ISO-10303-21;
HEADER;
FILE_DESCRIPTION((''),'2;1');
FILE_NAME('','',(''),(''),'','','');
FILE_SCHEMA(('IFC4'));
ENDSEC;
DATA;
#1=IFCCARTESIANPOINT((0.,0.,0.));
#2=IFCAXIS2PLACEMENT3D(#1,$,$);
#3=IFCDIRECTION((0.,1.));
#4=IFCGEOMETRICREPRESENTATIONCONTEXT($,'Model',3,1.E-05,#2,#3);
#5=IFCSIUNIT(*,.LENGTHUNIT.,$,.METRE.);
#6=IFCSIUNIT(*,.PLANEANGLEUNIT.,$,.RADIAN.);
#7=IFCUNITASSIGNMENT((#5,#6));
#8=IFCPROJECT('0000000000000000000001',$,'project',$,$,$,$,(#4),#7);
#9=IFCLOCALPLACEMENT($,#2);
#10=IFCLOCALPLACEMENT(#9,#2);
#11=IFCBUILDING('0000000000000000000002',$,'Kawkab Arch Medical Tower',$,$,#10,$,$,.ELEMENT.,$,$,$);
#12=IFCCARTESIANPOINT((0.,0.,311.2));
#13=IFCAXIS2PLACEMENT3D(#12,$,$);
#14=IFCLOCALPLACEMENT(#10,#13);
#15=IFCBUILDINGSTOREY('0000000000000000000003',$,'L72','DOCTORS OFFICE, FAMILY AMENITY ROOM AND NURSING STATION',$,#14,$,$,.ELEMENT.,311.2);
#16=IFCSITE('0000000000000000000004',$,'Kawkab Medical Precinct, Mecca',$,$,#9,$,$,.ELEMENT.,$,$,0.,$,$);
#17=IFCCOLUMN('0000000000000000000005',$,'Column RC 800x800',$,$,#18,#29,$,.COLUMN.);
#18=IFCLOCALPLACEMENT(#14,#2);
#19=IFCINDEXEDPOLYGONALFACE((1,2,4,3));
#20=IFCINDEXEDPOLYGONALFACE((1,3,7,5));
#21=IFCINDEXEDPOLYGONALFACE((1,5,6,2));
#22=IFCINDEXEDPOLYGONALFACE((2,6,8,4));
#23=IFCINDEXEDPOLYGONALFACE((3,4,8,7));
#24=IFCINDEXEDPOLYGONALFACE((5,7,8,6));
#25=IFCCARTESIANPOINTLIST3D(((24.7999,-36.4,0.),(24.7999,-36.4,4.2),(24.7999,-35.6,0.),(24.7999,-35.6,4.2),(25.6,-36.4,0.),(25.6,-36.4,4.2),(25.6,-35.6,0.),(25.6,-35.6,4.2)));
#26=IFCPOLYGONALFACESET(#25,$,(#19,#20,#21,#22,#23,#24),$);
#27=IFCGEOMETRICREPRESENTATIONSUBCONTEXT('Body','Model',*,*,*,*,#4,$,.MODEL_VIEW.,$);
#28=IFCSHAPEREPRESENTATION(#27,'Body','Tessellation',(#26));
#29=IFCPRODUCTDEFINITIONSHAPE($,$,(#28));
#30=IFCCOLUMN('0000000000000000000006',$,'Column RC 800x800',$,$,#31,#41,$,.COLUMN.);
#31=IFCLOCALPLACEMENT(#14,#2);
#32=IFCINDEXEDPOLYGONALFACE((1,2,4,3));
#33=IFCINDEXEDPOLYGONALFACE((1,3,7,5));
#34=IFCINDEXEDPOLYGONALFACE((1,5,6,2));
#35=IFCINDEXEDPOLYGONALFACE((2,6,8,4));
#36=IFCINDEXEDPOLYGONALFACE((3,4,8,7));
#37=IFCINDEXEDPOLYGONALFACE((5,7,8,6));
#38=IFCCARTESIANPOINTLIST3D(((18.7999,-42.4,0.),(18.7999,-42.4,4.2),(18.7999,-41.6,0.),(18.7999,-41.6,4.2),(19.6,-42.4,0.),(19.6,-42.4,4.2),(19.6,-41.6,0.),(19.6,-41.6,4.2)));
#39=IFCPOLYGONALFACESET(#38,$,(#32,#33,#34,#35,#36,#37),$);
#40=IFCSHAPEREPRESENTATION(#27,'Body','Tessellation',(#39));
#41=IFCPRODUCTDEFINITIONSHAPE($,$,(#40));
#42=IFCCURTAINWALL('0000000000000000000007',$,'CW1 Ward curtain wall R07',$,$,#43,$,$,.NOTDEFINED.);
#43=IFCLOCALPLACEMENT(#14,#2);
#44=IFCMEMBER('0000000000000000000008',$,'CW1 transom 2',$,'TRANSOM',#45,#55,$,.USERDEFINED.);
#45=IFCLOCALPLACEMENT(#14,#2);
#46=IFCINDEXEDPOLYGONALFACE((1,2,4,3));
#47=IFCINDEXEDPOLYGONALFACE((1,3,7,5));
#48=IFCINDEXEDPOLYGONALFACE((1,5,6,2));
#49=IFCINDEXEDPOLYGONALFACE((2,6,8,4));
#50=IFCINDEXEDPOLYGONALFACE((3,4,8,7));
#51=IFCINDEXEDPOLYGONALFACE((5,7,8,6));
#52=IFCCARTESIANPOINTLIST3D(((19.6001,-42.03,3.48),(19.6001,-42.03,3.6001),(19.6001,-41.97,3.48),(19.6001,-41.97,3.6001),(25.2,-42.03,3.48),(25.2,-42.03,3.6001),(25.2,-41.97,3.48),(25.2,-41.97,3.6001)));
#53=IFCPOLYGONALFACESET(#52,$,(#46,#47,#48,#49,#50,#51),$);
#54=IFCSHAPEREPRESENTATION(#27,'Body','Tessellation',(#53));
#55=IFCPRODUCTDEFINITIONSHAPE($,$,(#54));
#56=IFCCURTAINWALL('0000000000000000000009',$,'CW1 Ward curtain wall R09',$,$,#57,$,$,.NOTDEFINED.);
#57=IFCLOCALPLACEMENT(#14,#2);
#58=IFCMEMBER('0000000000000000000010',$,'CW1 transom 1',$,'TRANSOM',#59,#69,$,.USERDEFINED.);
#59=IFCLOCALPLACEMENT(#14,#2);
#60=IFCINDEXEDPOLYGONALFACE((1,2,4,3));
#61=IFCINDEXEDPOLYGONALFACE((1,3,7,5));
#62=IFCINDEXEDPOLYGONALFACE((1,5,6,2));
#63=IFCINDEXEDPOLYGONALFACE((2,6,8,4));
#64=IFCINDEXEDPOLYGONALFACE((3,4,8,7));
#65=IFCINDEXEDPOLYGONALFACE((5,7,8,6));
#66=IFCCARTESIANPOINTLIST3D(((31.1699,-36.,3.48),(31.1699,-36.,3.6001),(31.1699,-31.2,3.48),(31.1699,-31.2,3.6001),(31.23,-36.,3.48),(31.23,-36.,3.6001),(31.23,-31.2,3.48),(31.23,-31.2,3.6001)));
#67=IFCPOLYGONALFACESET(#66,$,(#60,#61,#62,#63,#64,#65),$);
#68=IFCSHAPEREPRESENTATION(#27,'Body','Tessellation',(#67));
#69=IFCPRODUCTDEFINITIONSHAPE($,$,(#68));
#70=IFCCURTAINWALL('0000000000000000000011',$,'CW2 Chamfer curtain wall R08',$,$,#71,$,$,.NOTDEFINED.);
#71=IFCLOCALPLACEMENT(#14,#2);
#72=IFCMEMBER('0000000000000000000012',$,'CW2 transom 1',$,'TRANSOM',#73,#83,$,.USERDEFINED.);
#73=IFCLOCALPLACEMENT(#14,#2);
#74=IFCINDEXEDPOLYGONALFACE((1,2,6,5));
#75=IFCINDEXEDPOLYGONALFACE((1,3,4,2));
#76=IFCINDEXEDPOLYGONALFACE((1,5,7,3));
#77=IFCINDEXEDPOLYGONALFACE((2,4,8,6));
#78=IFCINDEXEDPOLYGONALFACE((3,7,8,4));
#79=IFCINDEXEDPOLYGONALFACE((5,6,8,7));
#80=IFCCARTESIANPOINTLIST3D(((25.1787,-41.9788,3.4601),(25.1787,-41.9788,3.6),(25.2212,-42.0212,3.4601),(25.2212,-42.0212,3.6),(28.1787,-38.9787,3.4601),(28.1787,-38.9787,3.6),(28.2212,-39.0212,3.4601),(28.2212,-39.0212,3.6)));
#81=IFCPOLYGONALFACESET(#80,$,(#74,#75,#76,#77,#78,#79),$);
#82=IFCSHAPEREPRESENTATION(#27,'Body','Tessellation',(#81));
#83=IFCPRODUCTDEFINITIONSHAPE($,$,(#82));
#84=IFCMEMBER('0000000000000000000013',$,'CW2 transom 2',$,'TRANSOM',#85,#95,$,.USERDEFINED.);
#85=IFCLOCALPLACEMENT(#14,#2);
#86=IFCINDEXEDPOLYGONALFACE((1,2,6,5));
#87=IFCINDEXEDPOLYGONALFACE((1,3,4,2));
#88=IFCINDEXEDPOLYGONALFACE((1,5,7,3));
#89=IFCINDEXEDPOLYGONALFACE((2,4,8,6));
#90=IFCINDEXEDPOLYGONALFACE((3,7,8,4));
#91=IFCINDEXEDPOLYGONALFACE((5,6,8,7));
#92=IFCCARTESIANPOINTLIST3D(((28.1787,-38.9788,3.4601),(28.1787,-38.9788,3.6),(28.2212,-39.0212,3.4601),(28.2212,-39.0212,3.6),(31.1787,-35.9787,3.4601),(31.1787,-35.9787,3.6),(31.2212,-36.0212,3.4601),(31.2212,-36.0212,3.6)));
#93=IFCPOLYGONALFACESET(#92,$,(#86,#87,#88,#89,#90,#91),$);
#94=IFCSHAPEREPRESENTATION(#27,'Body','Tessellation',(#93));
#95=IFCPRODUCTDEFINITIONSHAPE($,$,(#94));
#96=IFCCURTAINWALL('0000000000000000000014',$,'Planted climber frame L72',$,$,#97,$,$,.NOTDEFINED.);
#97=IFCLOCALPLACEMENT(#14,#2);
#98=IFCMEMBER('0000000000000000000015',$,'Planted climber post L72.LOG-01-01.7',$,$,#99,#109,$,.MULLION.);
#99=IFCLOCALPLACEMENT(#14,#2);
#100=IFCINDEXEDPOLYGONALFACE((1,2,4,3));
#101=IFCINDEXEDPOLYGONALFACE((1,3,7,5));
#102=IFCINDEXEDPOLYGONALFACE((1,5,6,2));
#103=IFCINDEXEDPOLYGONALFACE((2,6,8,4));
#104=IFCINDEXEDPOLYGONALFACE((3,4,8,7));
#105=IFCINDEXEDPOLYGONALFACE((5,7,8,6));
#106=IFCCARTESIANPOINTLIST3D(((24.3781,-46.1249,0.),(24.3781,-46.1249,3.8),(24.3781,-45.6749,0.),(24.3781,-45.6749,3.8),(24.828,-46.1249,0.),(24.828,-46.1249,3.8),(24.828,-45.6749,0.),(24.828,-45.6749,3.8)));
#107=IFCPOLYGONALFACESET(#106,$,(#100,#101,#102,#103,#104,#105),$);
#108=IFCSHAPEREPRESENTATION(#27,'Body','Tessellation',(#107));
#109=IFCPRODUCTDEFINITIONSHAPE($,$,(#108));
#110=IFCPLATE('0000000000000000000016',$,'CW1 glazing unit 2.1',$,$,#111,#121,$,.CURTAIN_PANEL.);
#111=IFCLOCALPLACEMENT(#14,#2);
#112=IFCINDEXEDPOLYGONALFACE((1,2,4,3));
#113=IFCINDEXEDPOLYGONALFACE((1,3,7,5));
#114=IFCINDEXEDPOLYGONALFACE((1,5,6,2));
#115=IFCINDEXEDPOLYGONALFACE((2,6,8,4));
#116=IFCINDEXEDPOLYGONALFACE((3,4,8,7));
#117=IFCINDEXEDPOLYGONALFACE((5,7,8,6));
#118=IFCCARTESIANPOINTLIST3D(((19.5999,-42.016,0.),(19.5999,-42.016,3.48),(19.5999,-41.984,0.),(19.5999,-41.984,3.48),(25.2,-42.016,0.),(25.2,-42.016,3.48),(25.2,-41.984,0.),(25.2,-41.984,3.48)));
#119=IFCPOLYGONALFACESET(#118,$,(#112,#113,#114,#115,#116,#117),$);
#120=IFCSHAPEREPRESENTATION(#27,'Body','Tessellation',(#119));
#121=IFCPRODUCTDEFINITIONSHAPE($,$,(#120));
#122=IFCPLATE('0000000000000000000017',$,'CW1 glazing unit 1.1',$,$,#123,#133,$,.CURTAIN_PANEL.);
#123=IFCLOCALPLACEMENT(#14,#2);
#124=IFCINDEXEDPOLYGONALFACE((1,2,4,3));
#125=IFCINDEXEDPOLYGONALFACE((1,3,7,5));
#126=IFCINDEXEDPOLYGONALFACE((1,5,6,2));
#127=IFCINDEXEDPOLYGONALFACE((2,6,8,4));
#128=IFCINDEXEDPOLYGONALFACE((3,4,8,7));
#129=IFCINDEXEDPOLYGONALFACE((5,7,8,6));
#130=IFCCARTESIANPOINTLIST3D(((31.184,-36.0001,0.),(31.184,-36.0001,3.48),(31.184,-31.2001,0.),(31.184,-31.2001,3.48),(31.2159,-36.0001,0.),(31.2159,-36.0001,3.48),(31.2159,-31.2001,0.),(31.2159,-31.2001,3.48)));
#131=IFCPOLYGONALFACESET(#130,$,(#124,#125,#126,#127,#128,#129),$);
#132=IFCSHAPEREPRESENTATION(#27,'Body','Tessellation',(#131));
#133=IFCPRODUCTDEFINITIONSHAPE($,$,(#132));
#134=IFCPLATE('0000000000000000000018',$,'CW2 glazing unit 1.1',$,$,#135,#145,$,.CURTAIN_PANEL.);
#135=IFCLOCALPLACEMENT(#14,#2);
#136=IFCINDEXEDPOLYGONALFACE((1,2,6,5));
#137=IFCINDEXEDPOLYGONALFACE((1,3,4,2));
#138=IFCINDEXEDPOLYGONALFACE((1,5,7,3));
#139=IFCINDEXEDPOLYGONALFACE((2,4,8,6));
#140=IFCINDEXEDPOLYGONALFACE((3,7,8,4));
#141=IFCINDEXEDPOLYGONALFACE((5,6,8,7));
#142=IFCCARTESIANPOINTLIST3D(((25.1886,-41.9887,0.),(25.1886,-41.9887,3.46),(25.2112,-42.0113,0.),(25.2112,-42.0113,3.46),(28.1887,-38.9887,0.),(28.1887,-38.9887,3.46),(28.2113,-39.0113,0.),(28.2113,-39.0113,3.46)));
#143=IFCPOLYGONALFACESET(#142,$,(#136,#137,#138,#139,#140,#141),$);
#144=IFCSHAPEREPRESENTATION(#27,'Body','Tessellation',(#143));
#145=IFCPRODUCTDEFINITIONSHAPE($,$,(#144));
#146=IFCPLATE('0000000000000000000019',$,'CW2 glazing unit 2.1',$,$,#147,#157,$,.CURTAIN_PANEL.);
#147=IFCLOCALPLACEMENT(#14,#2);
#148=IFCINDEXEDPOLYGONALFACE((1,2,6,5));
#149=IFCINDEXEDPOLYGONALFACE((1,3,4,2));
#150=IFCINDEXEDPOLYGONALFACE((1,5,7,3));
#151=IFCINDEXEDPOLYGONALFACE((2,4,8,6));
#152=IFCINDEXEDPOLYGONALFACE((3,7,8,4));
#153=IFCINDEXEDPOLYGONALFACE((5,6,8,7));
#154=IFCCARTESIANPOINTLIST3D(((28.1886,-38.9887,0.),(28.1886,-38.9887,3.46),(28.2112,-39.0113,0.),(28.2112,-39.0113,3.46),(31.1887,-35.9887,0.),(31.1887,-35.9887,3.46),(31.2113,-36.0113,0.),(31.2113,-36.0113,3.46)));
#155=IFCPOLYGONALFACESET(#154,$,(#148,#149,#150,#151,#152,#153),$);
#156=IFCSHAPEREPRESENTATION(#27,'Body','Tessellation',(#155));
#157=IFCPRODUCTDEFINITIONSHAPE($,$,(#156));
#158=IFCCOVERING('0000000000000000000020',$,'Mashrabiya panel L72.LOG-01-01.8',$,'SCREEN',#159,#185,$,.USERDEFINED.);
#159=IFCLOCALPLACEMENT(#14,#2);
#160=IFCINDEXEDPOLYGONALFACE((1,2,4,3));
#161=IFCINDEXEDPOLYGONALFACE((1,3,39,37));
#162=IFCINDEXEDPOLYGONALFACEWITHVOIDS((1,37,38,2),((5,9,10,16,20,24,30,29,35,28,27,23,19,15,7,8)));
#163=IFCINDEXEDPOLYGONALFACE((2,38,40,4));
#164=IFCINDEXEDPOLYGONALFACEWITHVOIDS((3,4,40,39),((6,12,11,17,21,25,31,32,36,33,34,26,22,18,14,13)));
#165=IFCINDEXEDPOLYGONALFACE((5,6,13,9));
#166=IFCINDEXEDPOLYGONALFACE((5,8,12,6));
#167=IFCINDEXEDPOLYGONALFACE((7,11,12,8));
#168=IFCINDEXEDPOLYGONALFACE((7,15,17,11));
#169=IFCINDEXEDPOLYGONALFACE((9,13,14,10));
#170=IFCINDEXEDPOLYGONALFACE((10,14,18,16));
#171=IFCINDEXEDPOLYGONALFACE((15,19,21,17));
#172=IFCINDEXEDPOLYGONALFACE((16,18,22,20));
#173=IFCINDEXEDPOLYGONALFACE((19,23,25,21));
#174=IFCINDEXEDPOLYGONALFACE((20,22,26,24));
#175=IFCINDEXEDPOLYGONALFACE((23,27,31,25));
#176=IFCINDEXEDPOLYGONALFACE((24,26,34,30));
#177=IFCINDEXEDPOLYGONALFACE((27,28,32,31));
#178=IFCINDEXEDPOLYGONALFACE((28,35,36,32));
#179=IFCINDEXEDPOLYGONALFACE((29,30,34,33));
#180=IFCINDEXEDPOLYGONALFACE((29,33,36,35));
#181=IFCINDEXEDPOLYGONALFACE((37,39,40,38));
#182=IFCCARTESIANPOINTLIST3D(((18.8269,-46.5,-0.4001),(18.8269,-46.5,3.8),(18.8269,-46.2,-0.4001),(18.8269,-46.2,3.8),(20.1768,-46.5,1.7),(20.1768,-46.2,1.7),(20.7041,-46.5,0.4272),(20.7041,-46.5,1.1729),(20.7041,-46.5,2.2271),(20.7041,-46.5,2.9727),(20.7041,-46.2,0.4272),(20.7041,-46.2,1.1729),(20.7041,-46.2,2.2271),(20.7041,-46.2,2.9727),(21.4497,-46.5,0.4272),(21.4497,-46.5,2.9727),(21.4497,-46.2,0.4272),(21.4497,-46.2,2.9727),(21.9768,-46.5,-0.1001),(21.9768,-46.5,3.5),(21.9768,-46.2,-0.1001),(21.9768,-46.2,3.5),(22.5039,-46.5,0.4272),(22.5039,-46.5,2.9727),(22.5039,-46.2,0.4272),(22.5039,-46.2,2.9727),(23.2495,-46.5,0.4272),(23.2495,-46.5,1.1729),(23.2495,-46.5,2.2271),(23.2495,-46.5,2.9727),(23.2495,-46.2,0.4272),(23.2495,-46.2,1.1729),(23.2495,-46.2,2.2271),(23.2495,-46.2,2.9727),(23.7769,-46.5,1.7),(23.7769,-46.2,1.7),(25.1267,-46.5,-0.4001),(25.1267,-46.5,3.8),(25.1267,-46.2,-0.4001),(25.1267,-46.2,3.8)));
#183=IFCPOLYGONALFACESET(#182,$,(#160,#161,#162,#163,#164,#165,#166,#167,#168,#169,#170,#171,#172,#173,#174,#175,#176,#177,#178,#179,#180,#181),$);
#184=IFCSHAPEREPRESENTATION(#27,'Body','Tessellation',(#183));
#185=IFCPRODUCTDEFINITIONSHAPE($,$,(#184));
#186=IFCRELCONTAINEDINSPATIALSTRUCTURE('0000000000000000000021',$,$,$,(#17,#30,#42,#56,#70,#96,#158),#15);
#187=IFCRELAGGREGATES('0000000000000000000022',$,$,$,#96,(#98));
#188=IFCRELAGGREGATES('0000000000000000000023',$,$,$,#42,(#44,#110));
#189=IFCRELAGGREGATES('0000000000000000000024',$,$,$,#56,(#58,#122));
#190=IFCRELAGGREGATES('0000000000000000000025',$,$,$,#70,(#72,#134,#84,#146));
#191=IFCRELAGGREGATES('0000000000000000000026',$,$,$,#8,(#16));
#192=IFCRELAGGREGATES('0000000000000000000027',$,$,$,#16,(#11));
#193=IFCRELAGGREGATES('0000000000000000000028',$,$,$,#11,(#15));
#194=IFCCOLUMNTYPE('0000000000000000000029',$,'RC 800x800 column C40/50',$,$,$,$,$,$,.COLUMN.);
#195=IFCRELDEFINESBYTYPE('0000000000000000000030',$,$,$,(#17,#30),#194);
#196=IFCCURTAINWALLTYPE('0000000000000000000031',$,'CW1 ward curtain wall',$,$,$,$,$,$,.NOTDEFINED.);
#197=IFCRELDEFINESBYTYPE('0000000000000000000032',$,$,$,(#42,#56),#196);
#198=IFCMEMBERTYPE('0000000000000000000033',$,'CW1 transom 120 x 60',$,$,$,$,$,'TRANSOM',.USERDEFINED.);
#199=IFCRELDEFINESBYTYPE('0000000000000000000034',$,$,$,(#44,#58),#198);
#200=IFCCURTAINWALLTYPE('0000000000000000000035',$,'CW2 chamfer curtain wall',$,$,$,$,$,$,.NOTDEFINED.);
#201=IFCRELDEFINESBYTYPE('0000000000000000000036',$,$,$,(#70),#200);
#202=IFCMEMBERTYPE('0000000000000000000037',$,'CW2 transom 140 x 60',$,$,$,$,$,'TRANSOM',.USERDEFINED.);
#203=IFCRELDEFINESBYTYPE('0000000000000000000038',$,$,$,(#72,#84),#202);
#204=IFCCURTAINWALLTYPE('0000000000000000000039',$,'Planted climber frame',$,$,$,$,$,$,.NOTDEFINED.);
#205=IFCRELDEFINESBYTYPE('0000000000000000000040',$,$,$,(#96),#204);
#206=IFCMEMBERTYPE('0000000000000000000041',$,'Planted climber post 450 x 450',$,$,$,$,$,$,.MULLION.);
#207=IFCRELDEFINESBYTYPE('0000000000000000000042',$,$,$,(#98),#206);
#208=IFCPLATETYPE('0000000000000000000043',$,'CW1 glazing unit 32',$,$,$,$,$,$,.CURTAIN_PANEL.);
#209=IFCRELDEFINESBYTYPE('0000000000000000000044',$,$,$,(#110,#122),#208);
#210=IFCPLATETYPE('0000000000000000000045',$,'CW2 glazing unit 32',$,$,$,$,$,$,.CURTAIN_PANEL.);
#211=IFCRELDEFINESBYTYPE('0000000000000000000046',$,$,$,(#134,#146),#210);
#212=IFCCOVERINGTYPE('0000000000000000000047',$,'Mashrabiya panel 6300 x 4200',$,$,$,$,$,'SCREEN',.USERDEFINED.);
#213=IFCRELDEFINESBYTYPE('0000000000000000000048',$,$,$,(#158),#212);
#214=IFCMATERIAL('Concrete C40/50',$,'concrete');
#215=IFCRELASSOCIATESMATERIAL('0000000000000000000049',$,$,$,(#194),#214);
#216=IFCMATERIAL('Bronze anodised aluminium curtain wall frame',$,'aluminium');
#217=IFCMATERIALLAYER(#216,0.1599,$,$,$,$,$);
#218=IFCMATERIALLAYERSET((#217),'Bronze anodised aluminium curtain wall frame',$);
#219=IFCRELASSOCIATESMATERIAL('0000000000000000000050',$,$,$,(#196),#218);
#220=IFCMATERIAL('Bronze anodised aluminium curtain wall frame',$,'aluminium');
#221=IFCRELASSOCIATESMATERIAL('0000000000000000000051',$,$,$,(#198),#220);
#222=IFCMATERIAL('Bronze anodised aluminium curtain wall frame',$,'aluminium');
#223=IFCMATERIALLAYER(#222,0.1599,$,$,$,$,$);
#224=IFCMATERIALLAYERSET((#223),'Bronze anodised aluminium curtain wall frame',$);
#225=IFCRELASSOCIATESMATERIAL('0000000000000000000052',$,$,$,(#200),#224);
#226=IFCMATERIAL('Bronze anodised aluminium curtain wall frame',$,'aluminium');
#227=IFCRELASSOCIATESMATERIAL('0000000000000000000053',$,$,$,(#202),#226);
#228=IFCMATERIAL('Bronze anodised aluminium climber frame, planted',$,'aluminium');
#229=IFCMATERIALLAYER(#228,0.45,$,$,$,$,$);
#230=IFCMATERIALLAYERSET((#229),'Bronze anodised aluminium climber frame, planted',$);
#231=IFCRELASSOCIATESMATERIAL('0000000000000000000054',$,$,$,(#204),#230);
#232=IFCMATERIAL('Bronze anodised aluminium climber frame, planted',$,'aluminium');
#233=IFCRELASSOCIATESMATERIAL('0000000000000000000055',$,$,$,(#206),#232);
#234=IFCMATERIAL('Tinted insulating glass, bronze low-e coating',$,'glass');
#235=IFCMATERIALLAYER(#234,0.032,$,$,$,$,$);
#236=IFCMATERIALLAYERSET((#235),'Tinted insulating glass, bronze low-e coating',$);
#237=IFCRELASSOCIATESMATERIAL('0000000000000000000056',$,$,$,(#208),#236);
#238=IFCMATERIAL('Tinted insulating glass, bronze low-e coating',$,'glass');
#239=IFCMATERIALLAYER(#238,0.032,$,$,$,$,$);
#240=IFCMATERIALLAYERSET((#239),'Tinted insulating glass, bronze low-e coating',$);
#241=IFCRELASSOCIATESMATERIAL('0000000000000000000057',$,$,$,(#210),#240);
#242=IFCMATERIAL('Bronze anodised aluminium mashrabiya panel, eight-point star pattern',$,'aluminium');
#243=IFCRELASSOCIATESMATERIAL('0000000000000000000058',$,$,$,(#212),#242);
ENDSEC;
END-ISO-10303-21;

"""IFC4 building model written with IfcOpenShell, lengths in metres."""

from ifc_helpers import new_model, si_unit, direction, frame, origin, origin_2d, place, context, subcontext, project, spatial, polyline, rectangle, outline, extrude, material, layer, layer_set, material_profile, profile_set, type_object, element, aggregate, save


model = new_model("IFC4")

# Units and contexts
model_context = context("Model", 3, precision=1e-05, world=origin(), true_north=direction((0.0, 1.0)))
body_context = subcontext(model_context, "Body", "Model", "MODEL_VIEW")
ifc_project = project(units=[si_unit("LENGTHUNIT", "METRE"), si_unit("PLANEANGLEUNIT", "RADIAN")], contexts=[model_context])

# Site, building, storey
site_placement = place(None, origin())
site = spatial("IfcSite", under=ifc_project, at=site_placement, Name="Kawkab Medical Precinct, Mecca", CompositionType="ELEMENT", RefElevation=0.0)
building_placement = place(site_placement, origin())
building = spatial("IfcBuilding", under=site, at=building_placement, Name="Kawkab Arch Medical Tower", CompositionType="ELEMENT")
storey_placement = place(building_placement, frame((0.0, 0.0, 311.2)))
storey = spatial("IfcBuildingStorey", under=building, at=storey_placement, Name="L72", Description="DOCTORS OFFICE, FAMILY AMENITY ROOM AND NURSING STATION", CompositionType="ELEMENT", Elevation=311.2)

# Columns
ifc_material_1 = material(Name="Concrete C40/50", Category="concrete")
ifc_material_profile_1 = material_profile(ifc_material_1, rectangle(XDim=0.8, YDim=0.8, at=origin_2d()), Name="RC 800x800")
ifc_profile_set_1 = profile_set([ifc_material_profile_1], Name="Concrete C40/50")
column_type = type_object("IfcColumnType", Name="RC 800x800 column C40/50", PredefinedType="COLUMN", material=ifc_profile_set_1)
for number, where, z_axis, x_axis, name in (
    (1, (25.2, -36.0, 0.0), (0.0, 0.0, 1.0), (1.0, 0.0, 0.0), "Column RC 800x800"),
    (2, (19.2, -42.0, 0.0), (0.0, 0.0, 1.0), (1.0, 0.0, 0.0), "Column RC 800x800"),
):
    element("IfcColumn", number, at=place(storey_placement, frame(where, z_axis=z_axis, x_axis=x_axis)), inside=storey, type_object=column_type, Name=name, PredefinedType="COLUMN", context=body_context, shape_type="SweptSolid", body=[
        extrude(rectangle(XDim=0.8, YDim=0.8, at=origin_2d()), origin(), (0.0, 0.0, 1.0), 4.2),
    ])

# Curtain walls, members
ifc_material_2 = material(Name="Bronze anodised aluminium curtain wall frame", Category="aluminium")
ifc_layer_1 = layer(ifc_material_2, 0.1599)
ifc_layer_set_1 = layer_set([ifc_layer_1], Name="Bronze anodised aluminium curtain wall frame")
curtain_wall_type_1 = type_object("IfcCurtainWallType", Name="CW1 ward curtain wall", PredefinedType="NOTDEFINED", material=ifc_layer_set_1)
placement = place(storey_placement, origin())
curtain_wall_1 = element("IfcCurtainWall", 3, at=placement, inside=storey, type_object=curtain_wall_type_1, Name="CW1 Ward curtain wall R07", PredefinedType="NOTDEFINED")
ifc_material_3 = material(Name="Bronze anodised aluminium curtain wall frame", Category="aluminium")
ifc_material_profile_2 = material_profile(ifc_material_3, rectangle(XDim=0.0601, YDim=0.1201, at=origin_2d()), Name="AL 60x120")
ifc_profile_set_2 = profile_set([ifc_material_profile_2], Name="Bronze anodised aluminium curtain wall frame")
member_type_1 = type_object("IfcMemberType", Name="CW1 transom 120 x 60", ElementType="TRANSOM", PredefinedType="USERDEFINED", material=ifc_profile_set_2)
member_1_placement = place(storey_placement, frame((19.6001, -42.0, 3.54), z_axis=(1.0, 0.0, 0.0), x_axis=(0.0, 1.0, 0.0)))
member_1 = element("IfcMember", 4, at=member_1_placement, type_object=member_type_1, Name="CW1 transom 2", ObjectType="TRANSOM", PredefinedType="USERDEFINED", context=body_context, shape_type="SweptSolid", body=[
    extrude(rectangle(XDim=0.0601, YDim=0.1201, at=origin_2d()), origin(), (0.0, 0.0, 1.0), 5.5999),
])
curtain_wall_2 = element("IfcCurtainWall", 5, at=placement, inside=storey, type_object=curtain_wall_type_1, Name="CW1 Ward curtain wall R09", PredefinedType="NOTDEFINED")
member_2_placement = place(storey_placement, frame((31.2, -36.0, 3.54), z_axis=(0.0, 1.0, 0.0), x_axis=(-1.0, 0.0, 0.0)))
member_2 = element("IfcMember", 6, at=member_2_placement, type_object=member_type_1, Name="CW1 transom 1", ObjectType="TRANSOM", PredefinedType="USERDEFINED", context=body_context, shape_type="SweptSolid", body=[
    extrude(rectangle(XDim=0.0601, YDim=0.1201, at=origin_2d()), origin(), (0.0, 0.0, 1.0), 4.8),
])

# Curtain wall, members
ifc_material_4 = material(Name="Bronze anodised aluminium curtain wall frame", Category="aluminium")
ifc_layer_2 = layer(ifc_material_4, 0.1599)
ifc_layer_set_2 = layer_set([ifc_layer_2], Name="Bronze anodised aluminium curtain wall frame")
curtain_wall_type_2 = type_object("IfcCurtainWallType", Name="CW2 chamfer curtain wall", PredefinedType="NOTDEFINED", material=ifc_layer_set_2)
curtain_wall_3 = element("IfcCurtainWall", 7, at=placement, inside=storey, type_object=curtain_wall_type_2, Name="CW2 Chamfer curtain wall R08", PredefinedType="NOTDEFINED")
ifc_material_5 = material(Name="Bronze anodised aluminium curtain wall frame", Category="aluminium")
ifc_material_profile_3 = material_profile(ifc_material_5, rectangle(XDim=0.0601, YDim=0.1399, at=origin_2d()), Name="AL 60x140")
ifc_profile_set_3 = profile_set([ifc_material_profile_3], Name="Bronze anodised aluminium curtain wall frame")
member_type_2 = type_object("IfcMemberType", Name="CW2 transom 140 x 60", ElementType="TRANSOM", PredefinedType="USERDEFINED", material=ifc_profile_set_3)
member_3_placement = place(storey_placement, frame((25.2, -42.0, 3.53), z_axis=(0.707107, 0.707107, 0.0), x_axis=(-0.707107, 0.707107, 0.0)))
member_3 = element("IfcMember", 8, at=member_3_placement, type_object=member_type_2, Name="CW2 transom 1", ObjectType="TRANSOM", PredefinedType="USERDEFINED", context=body_context, shape_type="SweptSolid", body=[
    extrude(rectangle(XDim=0.0601, YDim=0.1399, at=origin_2d()), origin(), (0.0, 0.0, 1.0), 4.2427),
])
member_4_placement = place(storey_placement, frame((28.2, -39.0, 3.53), z_axis=(0.707107, 0.707107, 0.0), x_axis=(-0.707107, 0.707107, 0.0)))
member_4 = element("IfcMember", 9, at=member_4_placement, type_object=member_type_2, Name="CW2 transom 2", ObjectType="TRANSOM", PredefinedType="USERDEFINED", context=body_context, shape_type="SweptSolid", body=[
    extrude(rectangle(XDim=0.0601, YDim=0.1399, at=origin_2d()), origin(), (0.0, 0.0, 1.0), 4.2427),
])

# Curtain wall, member
ifc_material_6 = material(Name="Bronze anodised aluminium climber frame, planted", Category="aluminium")
ifc_layer_3 = layer(ifc_material_6, 0.45)
ifc_layer_set_3 = layer_set([ifc_layer_3], Name="Bronze anodised aluminium climber frame, planted")
curtain_wall_type_3 = type_object("IfcCurtainWallType", Name="Planted climber frame", PredefinedType="NOTDEFINED", material=ifc_layer_set_3)
curtain_wall_4 = element("IfcCurtainWall", 10, at=placement, inside=storey, type_object=curtain_wall_type_3, Name="Planted climber frame L72", PredefinedType="NOTDEFINED")
ifc_material_7 = material(Name="Bronze anodised aluminium climber frame, planted", Category="aluminium")
ifc_material_profile_4 = material_profile(ifc_material_7, rectangle(XDim=0.45, YDim=0.45, at=origin_2d()), Name="Post 450x450")
ifc_profile_set_4 = profile_set([ifc_material_profile_4], Name="Bronze anodised aluminium climber frame, planted")
member_type_3 = type_object("IfcMemberType", Name="Planted climber post 450 x 450", PredefinedType="MULLION", material=ifc_profile_set_4)
member_5_placement = place(storey_placement, frame((24.603, -45.8999, 0.0), z_axis=(0.0, 0.0, 1.0), x_axis=(1.0, 0.0, 0.0)))
member_5 = element("IfcMember", 11, at=member_5_placement, type_object=member_type_3, Name="Planted climber post L72.LOG-01-01.7", PredefinedType="MULLION", context=body_context, shape_type="SweptSolid", body=[
    extrude(rectangle(XDim=0.45, YDim=0.45, at=origin_2d()), origin(), (0.0, 0.0, 1.0), 3.8),
])
aggregate(curtain_wall_4, [member_5])

# Plates
ifc_material_8 = material(Name="Tinted insulating glass, bronze low-e coating", Category="glass")
ifc_layer_4 = layer(ifc_material_8, 0.032)
ifc_layer_set_4 = layer_set([ifc_layer_4], Name="Tinted insulating glass, bronze low-e coating")
plate_type_1 = type_object("IfcPlateType", Name="CW1 glazing unit 32", PredefinedType="CURTAIN_PANEL", material=ifc_layer_set_4)
plate_1_placement = place(storey_placement, frame((22.3999, -42.0, 0.0), z_axis=(0.0, 0.0, 1.0), x_axis=(1.0, 0.0, 0.0)))
plate_1 = element("IfcPlate", 12, at=plate_1_placement, type_object=plate_type_1, Name="CW1 glazing unit 2.1", PredefinedType="CURTAIN_PANEL", context=body_context, shape_type="SweptSolid", body=[
    extrude(rectangle(XDim=5.6001, YDim=0.032, at=origin_2d()), origin(), (0.0, 0.0, 1.0), 3.48),
])
aggregate(curtain_wall_1, [member_1, plate_1])
plate_2_placement = place(storey_placement, frame((31.2, -33.6001, 0.0), z_axis=(0.0, 0.0, 1.0), x_axis=(0.0, 1.0, 0.0)))
plate_2 = element("IfcPlate", 13, at=plate_2_placement, type_object=plate_type_1, Name="CW1 glazing unit 1.1", PredefinedType="CURTAIN_PANEL", context=body_context, shape_type="SweptSolid", body=[
    extrude(rectangle(XDim=4.8, YDim=0.032, at=origin_2d()), origin(), (0.0, 0.0, 1.0), 3.48),
])
aggregate(curtain_wall_2, [member_2, plate_2])
ifc_material_9 = material(Name="Tinted insulating glass, bronze low-e coating", Category="glass")
ifc_layer_5 = layer(ifc_material_9, 0.032)
ifc_layer_set_5 = layer_set([ifc_layer_5], Name="Tinted insulating glass, bronze low-e coating")
plate_type_2 = type_object("IfcPlateType", Name="CW2 glazing unit 32", PredefinedType="CURTAIN_PANEL", material=ifc_layer_set_5)
plate_3_placement = place(storey_placement, frame((26.7, -40.5, 0.0), z_axis=(0.0, 0.0, 1.0), x_axis=(0.707107, 0.707107, 0.0)))
plate_3 = element("IfcPlate", 14, at=plate_3_placement, type_object=plate_type_2, Name="CW2 glazing unit 1.1", PredefinedType="CURTAIN_PANEL", context=body_context, shape_type="SweptSolid", body=[
    extrude(rectangle(XDim=4.2427, YDim=0.032, at=origin_2d()), origin(), (0.0, 0.0, 1.0), 3.46),
])
plate_4_placement = place(storey_placement, frame((29.7, -37.5, 0.0), z_axis=(0.0, 0.0, 1.0), x_axis=(0.707107, 0.707107, 0.0)))
plate_4 = element("IfcPlate", 15, at=plate_4_placement, type_object=plate_type_2, Name="CW2 glazing unit 2.1", PredefinedType="CURTAIN_PANEL", context=body_context, shape_type="SweptSolid", body=[
    extrude(rectangle(XDim=4.2427, YDim=0.032, at=origin_2d()), origin(), (0.0, 0.0, 1.0), 3.46),
])
aggregate(curtain_wall_3, [member_3, plate_3, member_4, plate_4])

# Covering
ifc_material_10 = material(Name="Bronze anodised aluminium mashrabiya panel, eight-point star pattern", Category="aluminium")
ifc_material_profile_5 = material_profile(ifc_material_10, outline(polyline([(-3.1499, -2.1001), (3.1499, -2.1001), (3.1499, 2.1001), (-3.1499, 2.1001), (-3.1499, -2.1001)]), holes=[polyline([(1.8, 0.0), (1.2727, 0.5271), (1.2727, 1.2727), (0.5271, 1.2727), (0.0, 1.8), (-0.5271, 1.2727), (-1.2727, 1.2727), (-1.2727, 0.5271), (-1.8, 0.0), (-1.2727, -0.5271), (-1.2727, -1.2727), (-0.5271, -1.2727), (0.0, -1.8), (0.5271, -1.2727), (1.2727, -1.2727), (1.2727, -0.5271), (1.8, 0.0)])]), Name="Mashrabiya panel 6300x4200")
ifc_profile_set_5 = profile_set([ifc_material_profile_5], Name="Bronze anodised aluminium mashrabiya panel, eight-point star pattern")
covering_type_1 = type_object("IfcCoveringType", Name="Mashrabiya panel 6300 x 4200", ElementType="SCREEN", PredefinedType="USERDEFINED", material=ifc_profile_set_5)
covering_1_placement = place(storey_placement, frame((21.9768, -46.2, 1.7), z_axis=(0.0, -1.0, 0.0), x_axis=(1.0, 0.0, 0.0)))
element("IfcCovering", 16, at=covering_1_placement, inside=storey, type_object=covering_type_1, Name="Mashrabiya panel L72.LOG-01-01.8", ObjectType="SCREEN", PredefinedType="USERDEFINED", context=body_context, shape_type="SweptSolid", body=[
    extrude(outline(polyline([(-3.1499, -2.1001), (3.1499, -2.1001), (3.1499, 2.1001), (-3.1499, 2.1001), (-3.1499, -2.1001)]), holes=[polyline([(1.8, 0.0), (1.2727, 0.5271), (1.2727, 1.2727), (0.5271, 1.2727), (0.0, 1.8), (-0.5271, 1.2727), (-1.2727, 1.2727), (-1.2727, 0.5271), (-1.8, 0.0), (-1.2727, -0.5271), (-1.2727, -1.2727), (-0.5271, -1.2727), (0.0, -1.8), (0.5271, -1.2727), (1.2727, -1.2727), (1.2727, -0.5271), (1.8, 0.0)])]), origin(), (0.0, 0.0, 1.0), 0.3),
])

save(model, "model.ifc")
